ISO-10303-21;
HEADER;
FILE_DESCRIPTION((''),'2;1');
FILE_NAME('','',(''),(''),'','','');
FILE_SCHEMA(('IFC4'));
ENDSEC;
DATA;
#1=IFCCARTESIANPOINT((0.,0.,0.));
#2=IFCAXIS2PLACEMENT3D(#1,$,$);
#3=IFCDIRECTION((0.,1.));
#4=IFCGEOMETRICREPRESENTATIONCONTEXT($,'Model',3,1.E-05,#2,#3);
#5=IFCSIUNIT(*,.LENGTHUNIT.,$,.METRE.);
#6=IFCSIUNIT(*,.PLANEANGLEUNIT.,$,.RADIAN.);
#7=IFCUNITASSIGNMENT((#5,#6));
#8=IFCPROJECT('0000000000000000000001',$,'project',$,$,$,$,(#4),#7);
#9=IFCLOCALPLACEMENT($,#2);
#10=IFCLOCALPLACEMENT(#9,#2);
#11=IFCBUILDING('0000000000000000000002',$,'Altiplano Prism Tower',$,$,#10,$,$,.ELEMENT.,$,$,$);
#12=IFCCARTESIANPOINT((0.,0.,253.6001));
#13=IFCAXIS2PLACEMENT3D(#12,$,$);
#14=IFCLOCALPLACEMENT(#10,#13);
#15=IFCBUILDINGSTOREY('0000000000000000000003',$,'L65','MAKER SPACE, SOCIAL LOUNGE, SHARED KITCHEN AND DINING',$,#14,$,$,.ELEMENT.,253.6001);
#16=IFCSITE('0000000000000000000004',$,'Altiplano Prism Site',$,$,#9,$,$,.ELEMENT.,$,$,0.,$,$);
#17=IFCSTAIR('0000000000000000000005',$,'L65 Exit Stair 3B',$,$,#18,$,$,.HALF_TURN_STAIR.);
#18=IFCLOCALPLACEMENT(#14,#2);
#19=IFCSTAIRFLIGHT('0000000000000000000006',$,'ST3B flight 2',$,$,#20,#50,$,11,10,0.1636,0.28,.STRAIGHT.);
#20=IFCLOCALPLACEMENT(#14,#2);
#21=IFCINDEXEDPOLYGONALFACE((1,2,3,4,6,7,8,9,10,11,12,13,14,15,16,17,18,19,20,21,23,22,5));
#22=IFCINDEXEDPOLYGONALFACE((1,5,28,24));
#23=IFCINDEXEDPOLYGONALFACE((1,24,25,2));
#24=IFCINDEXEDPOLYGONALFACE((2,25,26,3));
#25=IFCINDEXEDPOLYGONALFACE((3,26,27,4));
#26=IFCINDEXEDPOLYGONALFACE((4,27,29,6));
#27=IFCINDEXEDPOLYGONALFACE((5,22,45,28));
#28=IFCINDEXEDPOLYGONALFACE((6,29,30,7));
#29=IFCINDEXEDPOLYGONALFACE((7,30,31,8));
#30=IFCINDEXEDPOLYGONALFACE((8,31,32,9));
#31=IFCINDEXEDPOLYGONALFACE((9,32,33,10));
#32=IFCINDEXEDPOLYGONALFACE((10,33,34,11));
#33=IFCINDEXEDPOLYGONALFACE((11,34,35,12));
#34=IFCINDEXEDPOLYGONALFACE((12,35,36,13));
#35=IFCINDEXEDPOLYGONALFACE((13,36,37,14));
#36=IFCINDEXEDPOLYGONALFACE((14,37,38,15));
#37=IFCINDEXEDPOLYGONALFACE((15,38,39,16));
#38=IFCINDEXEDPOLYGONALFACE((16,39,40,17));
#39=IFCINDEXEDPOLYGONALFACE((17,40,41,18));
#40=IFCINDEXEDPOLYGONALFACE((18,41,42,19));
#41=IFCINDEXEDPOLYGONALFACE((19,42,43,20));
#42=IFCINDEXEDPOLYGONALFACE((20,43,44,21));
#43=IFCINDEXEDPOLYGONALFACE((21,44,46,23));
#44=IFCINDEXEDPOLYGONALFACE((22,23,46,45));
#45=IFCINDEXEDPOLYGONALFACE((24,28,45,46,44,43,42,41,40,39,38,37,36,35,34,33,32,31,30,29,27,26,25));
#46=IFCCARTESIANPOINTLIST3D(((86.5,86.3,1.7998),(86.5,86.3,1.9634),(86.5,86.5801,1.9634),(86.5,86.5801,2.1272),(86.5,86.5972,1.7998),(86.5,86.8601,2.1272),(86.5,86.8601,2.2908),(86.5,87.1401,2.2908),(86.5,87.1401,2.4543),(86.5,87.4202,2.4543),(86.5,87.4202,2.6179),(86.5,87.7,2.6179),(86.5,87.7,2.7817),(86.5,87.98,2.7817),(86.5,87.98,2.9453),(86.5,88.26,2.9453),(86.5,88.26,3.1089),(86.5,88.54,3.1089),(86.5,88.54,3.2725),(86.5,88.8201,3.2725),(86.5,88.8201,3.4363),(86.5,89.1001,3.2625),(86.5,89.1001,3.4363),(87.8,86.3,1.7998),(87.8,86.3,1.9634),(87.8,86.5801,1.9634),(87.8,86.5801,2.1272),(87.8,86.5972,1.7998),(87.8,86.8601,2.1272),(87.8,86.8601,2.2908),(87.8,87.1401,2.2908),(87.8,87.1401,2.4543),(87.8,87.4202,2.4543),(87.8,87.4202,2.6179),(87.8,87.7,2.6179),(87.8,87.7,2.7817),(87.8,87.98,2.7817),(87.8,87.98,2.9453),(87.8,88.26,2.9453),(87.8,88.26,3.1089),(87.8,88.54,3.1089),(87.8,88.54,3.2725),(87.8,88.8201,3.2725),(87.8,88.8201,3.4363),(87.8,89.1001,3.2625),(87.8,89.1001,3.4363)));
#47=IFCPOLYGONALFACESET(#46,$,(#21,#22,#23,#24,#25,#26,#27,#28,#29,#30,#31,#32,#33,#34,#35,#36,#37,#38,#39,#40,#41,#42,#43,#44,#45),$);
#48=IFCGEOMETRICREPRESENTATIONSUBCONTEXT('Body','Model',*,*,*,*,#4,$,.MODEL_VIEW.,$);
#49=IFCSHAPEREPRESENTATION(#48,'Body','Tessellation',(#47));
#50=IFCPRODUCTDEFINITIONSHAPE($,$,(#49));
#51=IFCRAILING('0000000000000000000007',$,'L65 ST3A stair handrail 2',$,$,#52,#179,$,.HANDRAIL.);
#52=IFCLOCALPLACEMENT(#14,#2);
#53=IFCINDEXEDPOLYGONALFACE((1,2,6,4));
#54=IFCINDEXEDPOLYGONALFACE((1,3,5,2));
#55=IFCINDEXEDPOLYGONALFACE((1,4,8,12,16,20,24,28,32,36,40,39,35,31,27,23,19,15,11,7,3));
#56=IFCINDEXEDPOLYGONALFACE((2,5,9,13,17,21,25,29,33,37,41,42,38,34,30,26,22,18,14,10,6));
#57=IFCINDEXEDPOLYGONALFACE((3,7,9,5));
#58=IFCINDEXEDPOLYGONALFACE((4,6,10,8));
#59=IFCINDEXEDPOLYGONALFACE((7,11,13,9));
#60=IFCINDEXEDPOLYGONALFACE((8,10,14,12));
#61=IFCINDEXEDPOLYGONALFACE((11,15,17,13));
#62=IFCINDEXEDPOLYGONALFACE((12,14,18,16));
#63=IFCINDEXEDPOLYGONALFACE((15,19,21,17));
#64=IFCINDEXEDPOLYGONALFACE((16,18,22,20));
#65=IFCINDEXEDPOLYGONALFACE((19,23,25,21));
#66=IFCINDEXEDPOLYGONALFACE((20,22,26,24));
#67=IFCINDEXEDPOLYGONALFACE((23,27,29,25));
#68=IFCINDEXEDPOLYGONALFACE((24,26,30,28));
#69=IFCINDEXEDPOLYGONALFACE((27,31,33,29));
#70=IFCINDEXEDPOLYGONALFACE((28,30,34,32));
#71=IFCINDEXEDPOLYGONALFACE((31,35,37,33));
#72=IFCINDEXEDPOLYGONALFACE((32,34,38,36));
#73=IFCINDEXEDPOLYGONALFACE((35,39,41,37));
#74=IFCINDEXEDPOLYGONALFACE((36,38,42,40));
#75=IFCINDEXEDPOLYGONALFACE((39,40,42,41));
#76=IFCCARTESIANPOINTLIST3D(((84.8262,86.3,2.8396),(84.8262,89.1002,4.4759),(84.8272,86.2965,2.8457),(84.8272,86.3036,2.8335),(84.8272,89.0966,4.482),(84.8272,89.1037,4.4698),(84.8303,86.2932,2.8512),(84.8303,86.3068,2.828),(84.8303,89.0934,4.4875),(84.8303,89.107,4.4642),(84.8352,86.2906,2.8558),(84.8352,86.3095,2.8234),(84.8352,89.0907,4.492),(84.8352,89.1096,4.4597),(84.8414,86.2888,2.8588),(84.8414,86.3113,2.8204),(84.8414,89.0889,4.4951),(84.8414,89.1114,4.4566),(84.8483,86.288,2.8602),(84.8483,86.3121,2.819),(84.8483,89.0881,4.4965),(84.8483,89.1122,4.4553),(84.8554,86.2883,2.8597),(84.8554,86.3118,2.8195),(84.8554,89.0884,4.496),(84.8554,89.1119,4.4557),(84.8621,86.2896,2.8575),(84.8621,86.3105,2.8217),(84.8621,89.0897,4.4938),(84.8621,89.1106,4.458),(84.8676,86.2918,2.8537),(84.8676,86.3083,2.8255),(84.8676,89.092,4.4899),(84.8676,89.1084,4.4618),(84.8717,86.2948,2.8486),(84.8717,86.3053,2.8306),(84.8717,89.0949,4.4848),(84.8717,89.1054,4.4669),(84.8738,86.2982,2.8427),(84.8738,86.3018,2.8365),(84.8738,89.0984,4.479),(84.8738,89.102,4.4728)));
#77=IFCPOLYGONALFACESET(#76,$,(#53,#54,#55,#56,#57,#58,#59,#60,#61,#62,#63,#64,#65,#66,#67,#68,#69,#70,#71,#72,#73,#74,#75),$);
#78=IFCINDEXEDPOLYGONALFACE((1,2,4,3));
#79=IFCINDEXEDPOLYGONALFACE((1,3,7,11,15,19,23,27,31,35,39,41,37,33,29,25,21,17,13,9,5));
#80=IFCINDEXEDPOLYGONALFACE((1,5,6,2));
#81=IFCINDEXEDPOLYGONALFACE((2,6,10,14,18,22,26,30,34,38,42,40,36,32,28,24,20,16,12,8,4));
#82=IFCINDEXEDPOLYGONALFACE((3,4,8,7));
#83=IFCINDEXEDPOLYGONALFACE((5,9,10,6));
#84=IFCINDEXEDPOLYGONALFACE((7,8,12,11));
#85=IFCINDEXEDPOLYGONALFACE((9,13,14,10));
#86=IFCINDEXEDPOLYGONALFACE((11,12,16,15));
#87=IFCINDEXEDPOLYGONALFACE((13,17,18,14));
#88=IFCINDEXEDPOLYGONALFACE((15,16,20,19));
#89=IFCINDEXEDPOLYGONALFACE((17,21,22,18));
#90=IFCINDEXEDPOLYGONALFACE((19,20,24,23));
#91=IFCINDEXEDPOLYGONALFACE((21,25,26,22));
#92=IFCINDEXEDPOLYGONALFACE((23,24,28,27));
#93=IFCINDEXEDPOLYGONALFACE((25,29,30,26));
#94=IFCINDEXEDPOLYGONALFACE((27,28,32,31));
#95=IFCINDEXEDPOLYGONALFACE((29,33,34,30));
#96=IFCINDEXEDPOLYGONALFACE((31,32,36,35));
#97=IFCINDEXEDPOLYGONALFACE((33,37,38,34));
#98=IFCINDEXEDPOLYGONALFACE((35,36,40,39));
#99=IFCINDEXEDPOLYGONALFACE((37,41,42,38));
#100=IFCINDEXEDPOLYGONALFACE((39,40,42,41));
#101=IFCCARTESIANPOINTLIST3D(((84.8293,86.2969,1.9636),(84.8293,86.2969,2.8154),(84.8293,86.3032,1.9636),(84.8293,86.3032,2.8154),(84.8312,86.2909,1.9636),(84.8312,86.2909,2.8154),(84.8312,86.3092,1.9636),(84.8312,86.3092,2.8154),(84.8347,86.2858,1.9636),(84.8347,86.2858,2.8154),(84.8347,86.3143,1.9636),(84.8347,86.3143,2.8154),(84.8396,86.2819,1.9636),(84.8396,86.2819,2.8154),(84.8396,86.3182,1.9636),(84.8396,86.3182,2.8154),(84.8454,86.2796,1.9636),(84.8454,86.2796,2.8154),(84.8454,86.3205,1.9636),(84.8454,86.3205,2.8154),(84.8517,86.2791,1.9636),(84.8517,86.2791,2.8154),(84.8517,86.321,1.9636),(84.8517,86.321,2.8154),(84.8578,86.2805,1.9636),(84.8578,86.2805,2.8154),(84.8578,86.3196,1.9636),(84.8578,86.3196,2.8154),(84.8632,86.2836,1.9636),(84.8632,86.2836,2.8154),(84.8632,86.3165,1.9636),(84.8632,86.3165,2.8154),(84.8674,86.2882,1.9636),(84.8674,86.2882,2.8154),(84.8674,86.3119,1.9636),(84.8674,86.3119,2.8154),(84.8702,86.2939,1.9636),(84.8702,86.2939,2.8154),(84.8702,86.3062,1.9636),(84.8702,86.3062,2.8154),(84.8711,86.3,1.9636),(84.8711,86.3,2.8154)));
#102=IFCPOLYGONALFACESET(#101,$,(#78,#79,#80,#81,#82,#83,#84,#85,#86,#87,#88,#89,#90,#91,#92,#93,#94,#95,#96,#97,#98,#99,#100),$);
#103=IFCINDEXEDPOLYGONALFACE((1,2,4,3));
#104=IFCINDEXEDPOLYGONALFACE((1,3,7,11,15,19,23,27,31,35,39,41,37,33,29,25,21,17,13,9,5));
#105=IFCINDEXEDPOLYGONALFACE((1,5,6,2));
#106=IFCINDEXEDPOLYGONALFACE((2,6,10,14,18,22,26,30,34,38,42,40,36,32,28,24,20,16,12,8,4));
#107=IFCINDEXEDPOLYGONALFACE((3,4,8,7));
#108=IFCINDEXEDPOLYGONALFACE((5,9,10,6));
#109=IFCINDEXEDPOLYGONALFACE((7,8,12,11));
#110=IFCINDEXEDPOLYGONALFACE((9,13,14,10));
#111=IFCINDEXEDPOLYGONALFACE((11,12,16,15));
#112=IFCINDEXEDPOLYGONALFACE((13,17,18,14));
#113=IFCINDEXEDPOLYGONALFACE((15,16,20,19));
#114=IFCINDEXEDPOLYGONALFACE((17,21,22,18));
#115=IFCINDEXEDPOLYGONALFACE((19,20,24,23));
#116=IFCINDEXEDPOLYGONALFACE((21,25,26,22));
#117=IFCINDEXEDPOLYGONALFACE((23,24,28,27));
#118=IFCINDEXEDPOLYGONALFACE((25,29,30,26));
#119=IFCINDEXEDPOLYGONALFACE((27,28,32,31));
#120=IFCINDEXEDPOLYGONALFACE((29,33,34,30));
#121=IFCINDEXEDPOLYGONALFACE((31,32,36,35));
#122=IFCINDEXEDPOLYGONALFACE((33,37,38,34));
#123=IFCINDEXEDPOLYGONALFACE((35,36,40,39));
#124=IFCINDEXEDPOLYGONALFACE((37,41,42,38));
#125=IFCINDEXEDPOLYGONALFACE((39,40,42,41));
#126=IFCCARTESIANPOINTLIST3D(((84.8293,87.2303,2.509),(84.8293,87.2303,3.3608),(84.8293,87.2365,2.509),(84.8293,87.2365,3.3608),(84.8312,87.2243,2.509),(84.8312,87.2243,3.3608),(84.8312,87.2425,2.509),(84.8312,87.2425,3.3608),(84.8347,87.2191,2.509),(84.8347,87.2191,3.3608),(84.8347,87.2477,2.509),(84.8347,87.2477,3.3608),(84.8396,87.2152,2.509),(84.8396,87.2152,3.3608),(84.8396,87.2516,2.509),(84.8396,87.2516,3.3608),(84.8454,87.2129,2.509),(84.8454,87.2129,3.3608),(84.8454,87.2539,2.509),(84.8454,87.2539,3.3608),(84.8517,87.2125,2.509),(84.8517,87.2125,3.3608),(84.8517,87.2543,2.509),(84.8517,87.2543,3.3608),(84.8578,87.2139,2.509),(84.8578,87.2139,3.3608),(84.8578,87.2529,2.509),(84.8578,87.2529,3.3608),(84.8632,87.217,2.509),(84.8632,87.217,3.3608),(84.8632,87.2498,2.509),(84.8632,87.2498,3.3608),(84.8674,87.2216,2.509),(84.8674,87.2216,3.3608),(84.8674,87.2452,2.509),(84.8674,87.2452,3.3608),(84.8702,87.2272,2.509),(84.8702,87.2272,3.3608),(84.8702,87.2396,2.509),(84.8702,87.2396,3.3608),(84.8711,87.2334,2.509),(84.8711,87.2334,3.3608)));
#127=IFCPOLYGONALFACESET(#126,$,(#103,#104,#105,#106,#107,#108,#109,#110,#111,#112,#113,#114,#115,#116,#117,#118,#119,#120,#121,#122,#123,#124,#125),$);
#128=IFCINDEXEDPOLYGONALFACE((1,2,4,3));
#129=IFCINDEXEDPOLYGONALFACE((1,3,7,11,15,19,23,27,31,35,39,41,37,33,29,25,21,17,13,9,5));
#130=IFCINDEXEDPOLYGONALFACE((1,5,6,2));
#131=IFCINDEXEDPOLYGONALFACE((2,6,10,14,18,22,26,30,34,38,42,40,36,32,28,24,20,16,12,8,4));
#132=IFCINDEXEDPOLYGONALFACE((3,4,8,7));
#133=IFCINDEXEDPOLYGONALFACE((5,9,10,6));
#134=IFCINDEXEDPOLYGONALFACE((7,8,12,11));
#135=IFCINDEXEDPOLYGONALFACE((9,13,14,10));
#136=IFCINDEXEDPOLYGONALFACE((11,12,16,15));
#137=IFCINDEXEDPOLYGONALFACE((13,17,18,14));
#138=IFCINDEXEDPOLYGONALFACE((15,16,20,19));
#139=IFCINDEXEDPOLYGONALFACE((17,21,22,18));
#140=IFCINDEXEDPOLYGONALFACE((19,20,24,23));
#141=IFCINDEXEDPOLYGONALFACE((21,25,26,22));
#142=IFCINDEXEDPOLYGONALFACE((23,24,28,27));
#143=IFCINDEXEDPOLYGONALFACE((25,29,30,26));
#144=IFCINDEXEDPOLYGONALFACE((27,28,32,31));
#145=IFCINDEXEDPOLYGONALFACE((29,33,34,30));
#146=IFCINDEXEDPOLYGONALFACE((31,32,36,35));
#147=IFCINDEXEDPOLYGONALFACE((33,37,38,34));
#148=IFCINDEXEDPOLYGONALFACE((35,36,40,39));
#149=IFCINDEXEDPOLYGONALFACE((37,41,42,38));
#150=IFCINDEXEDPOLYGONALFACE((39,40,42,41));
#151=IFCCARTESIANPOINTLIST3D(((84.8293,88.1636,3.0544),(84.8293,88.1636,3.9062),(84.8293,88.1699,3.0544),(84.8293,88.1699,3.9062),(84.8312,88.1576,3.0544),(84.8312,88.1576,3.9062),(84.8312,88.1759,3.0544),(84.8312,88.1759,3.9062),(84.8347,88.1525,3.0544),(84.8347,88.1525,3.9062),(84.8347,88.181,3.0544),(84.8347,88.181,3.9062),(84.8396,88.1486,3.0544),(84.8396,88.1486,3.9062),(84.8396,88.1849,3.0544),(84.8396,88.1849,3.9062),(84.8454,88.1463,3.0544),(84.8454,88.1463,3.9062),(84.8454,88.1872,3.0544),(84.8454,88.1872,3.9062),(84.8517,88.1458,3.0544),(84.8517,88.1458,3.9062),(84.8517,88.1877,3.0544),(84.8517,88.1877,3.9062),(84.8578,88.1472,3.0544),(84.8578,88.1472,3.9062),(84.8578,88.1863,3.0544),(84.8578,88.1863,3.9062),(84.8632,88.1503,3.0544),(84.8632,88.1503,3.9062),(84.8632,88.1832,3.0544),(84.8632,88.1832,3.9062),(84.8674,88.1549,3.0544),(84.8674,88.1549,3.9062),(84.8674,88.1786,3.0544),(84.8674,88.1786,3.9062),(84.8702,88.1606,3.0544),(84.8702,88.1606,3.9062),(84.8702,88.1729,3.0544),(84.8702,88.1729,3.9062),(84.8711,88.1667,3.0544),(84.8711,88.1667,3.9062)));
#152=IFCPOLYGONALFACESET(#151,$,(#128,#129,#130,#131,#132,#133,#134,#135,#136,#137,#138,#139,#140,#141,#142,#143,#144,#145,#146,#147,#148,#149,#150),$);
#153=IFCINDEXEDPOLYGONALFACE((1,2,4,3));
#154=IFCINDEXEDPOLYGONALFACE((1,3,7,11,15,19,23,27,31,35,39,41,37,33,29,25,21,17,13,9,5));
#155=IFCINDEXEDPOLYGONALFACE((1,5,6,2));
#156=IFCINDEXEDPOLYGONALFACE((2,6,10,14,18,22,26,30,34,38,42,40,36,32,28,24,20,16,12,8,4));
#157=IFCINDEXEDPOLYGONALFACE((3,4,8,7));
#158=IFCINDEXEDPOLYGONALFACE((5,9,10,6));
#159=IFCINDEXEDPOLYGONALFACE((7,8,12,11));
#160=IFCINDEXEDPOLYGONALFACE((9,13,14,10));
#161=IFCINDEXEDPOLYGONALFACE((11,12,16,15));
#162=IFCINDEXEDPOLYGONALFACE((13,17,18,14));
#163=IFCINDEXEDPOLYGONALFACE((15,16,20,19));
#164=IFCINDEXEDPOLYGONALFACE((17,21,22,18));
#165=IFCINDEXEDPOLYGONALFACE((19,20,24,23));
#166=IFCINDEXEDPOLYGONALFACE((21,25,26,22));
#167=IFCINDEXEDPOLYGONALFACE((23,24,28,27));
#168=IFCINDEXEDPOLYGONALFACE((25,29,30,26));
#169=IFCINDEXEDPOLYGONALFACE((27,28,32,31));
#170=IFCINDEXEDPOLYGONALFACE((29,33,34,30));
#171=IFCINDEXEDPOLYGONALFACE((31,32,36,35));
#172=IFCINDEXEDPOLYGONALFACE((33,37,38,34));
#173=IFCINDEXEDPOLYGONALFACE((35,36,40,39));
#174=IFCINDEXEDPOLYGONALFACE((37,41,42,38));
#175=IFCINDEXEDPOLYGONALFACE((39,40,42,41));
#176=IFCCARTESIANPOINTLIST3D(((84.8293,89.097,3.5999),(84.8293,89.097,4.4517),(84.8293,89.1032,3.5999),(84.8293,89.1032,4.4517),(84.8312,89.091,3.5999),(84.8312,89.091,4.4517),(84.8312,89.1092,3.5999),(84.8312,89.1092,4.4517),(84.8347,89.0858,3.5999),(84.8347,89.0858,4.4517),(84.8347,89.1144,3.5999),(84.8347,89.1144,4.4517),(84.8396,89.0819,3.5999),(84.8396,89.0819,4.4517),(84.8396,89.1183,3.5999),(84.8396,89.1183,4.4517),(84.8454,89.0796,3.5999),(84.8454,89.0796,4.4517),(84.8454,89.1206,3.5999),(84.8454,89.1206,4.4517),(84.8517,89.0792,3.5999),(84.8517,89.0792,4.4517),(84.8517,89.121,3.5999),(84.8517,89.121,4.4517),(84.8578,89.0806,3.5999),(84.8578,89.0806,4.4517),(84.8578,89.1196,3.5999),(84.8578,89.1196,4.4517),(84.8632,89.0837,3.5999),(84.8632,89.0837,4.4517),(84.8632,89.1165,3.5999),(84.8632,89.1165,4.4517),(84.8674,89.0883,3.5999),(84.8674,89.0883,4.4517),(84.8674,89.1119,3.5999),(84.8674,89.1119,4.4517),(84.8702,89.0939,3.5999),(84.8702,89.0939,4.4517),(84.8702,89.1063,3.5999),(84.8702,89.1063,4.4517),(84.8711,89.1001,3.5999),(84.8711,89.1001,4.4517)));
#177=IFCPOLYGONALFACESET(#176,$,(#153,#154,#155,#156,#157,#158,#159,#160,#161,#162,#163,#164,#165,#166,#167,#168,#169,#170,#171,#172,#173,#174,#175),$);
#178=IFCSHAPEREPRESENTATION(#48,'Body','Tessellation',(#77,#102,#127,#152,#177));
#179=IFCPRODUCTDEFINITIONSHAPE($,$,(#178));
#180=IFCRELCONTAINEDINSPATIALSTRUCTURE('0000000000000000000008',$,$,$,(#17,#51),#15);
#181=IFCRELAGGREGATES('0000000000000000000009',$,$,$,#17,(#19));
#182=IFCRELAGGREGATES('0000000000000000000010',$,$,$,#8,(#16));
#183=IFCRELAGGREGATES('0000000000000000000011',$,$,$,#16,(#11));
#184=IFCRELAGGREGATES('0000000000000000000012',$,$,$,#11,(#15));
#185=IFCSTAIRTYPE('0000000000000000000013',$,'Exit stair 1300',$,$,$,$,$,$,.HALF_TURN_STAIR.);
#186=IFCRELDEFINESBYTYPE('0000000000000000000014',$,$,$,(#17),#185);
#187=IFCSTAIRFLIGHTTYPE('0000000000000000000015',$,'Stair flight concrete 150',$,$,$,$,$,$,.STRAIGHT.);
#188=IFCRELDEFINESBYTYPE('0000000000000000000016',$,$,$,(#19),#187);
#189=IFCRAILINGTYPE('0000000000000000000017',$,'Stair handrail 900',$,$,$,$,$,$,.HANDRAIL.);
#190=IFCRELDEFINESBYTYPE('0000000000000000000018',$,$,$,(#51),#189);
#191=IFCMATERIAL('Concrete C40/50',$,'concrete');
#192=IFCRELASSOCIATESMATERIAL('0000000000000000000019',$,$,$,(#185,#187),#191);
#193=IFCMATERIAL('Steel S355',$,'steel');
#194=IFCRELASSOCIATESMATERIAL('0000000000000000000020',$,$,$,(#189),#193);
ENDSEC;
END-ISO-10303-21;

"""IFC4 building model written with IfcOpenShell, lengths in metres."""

from ifc_helpers import new_model, si_unit, direction, frame, origin, origin_2d, place, context, subcontext, project, spatial, polyline, circle, outline, extrude, material, type_object, element, aggregate, save


model = new_model("IFC4")

# Units and contexts
model_context = context("Model", 3, precision=1e-05, world=origin(), true_north=direction((0.0, 1.0)))
body_context = subcontext(model_context, "Body", "Model", "MODEL_VIEW")
ifc_project = project(units=[si_unit("LENGTHUNIT", "METRE"), si_unit("PLANEANGLEUNIT", "RADIAN")], contexts=[model_context])

# Site, building, storey
site_placement = place(None, origin())
site = spatial("IfcSite", under=ifc_project, at=site_placement, Name="Altiplano Prism Site", CompositionType="ELEMENT", RefElevation=0.0)
building_placement = place(site_placement, origin())
building = spatial("IfcBuilding", under=site, at=building_placement, Name="Altiplano Prism Tower", CompositionType="ELEMENT")
storey_placement = place(building_placement, frame((0.0, 0.0, 253.6001)))
storey = spatial("IfcBuildingStorey", under=building, at=storey_placement, Name="L65", Description="MAKER SPACE, SOCIAL LOUNGE, SHARED KITCHEN AND DINING", CompositionType="ELEMENT", Elevation=253.6001)

# Shared definitions
ifc_material_1 = material(Name="Concrete C40/50", Category="concrete")
stair_type = type_object("IfcStairType", Name="Exit stair 1300", PredefinedType="HALF_TURN_STAIR", material=ifc_material_1)
stair_flight_type = type_object("IfcStairFlightType", Name="Stair flight concrete 150", PredefinedType="STRAIGHT", material=ifc_material_1)

# Stair, stair flight
stair_1_placement = place(storey_placement, origin())
stair_1 = element("IfcStair", 1, at=stair_1_placement, inside=storey, type_object=stair_type, Name="L65 Exit Stair 3B", PredefinedType="HALF_TURN_STAIR")
stair_flight_1_placement = place(storey_placement, frame((87.1499, 86.3, 1.7998), z_axis=(0.0, 0.0, 1.0), x_axis=(0.0, 1.0, 0.0)))
stair_flight_1 = element("IfcStairFlight", 2, at=stair_flight_1_placement, type_object=stair_flight_type, Name="ST3B flight 2", NumberOfRisers=11, NumberOfTreads=10, PredefinedType="STRAIGHT", RiserHeight=0.1636, TreadLength=0.28, context=body_context, shape_type="SweptSolid", body=[
    extrude(outline(polyline([(0.0, 0.0), (0.0, 0.1636), (0.28, 0.1636), (0.28, 0.3274), (0.5601, 0.3274), (0.5601, 0.491), (0.8401, 0.491), (0.8401, 0.6545), (1.1201, 0.6545), (1.1201, 0.8181), (1.3999, 0.8181), (1.3999, 0.9819), (1.6799, 0.9819), (1.6799, 1.1455), (1.96, 1.1455), (1.96, 1.3091), (2.24, 1.3091), (2.24, 1.4727), (2.52, 1.4727), (2.52, 1.6365), (2.8, 1.6365), (2.8, 1.8), (2.8, 1.4626), (0.2971, 0.0), (0.0, 0.0)])), frame((0.0, 0.6499, 0.0), z_axis=(0.0, -1.0, 0.0), x_axis=(1.0, 0.0, 0.0)), (0.0, 0.0, 1.0), 1.3),
])
aggregate(stair_1, [stair_flight_1])

# Railing
ifc_material_2 = material(Name="Steel S355", Category="steel")
railing_type_1 = type_object("IfcRailingType", Name="Stair handrail 900", PredefinedType="HANDRAIL", material=ifc_material_2)
railing_1_placement = place(storey_placement, frame((84.8501, 86.3, 1.9636)))
element("IfcRailing", 3, at=railing_1_placement, inside=storey, type_object=railing_type_1, Name="L65 ST3A stair handrail 2", PredefinedType="HANDRAIL", context=body_context, shape_type="SweptSolid", body=[
    extrude(circle(Radius=0.0239, at=origin_2d()), frame((0.0, 0.0, 0.876), z_axis=(0.0, 0.863394, 0.504531), x_axis=(-1.0, 0.0, 0.0)), (0.0, 0.0, 1.0), 3.2432),
    extrude(circle(Radius=0.021, at=origin_2d()), origin(), (0.0, 0.0, 1.0), 0.8518),
    extrude(circle(Radius=0.021, at=origin_2d()), frame((0.0, 0.9333, 0.5454)), (0.0, 0.0, 1.0), 0.8518),
    extrude(circle(Radius=0.021, at=origin_2d()), frame((0.0, 1.8667, 1.0908)), (0.0, 0.0, 1.0), 0.8518),
    extrude(circle(Radius=0.021, at=origin_2d()), frame((0.0, 2.8, 1.6362)), (0.0, 0.0, 1.0), 0.8518),
])

save(model, "model.ifc")
